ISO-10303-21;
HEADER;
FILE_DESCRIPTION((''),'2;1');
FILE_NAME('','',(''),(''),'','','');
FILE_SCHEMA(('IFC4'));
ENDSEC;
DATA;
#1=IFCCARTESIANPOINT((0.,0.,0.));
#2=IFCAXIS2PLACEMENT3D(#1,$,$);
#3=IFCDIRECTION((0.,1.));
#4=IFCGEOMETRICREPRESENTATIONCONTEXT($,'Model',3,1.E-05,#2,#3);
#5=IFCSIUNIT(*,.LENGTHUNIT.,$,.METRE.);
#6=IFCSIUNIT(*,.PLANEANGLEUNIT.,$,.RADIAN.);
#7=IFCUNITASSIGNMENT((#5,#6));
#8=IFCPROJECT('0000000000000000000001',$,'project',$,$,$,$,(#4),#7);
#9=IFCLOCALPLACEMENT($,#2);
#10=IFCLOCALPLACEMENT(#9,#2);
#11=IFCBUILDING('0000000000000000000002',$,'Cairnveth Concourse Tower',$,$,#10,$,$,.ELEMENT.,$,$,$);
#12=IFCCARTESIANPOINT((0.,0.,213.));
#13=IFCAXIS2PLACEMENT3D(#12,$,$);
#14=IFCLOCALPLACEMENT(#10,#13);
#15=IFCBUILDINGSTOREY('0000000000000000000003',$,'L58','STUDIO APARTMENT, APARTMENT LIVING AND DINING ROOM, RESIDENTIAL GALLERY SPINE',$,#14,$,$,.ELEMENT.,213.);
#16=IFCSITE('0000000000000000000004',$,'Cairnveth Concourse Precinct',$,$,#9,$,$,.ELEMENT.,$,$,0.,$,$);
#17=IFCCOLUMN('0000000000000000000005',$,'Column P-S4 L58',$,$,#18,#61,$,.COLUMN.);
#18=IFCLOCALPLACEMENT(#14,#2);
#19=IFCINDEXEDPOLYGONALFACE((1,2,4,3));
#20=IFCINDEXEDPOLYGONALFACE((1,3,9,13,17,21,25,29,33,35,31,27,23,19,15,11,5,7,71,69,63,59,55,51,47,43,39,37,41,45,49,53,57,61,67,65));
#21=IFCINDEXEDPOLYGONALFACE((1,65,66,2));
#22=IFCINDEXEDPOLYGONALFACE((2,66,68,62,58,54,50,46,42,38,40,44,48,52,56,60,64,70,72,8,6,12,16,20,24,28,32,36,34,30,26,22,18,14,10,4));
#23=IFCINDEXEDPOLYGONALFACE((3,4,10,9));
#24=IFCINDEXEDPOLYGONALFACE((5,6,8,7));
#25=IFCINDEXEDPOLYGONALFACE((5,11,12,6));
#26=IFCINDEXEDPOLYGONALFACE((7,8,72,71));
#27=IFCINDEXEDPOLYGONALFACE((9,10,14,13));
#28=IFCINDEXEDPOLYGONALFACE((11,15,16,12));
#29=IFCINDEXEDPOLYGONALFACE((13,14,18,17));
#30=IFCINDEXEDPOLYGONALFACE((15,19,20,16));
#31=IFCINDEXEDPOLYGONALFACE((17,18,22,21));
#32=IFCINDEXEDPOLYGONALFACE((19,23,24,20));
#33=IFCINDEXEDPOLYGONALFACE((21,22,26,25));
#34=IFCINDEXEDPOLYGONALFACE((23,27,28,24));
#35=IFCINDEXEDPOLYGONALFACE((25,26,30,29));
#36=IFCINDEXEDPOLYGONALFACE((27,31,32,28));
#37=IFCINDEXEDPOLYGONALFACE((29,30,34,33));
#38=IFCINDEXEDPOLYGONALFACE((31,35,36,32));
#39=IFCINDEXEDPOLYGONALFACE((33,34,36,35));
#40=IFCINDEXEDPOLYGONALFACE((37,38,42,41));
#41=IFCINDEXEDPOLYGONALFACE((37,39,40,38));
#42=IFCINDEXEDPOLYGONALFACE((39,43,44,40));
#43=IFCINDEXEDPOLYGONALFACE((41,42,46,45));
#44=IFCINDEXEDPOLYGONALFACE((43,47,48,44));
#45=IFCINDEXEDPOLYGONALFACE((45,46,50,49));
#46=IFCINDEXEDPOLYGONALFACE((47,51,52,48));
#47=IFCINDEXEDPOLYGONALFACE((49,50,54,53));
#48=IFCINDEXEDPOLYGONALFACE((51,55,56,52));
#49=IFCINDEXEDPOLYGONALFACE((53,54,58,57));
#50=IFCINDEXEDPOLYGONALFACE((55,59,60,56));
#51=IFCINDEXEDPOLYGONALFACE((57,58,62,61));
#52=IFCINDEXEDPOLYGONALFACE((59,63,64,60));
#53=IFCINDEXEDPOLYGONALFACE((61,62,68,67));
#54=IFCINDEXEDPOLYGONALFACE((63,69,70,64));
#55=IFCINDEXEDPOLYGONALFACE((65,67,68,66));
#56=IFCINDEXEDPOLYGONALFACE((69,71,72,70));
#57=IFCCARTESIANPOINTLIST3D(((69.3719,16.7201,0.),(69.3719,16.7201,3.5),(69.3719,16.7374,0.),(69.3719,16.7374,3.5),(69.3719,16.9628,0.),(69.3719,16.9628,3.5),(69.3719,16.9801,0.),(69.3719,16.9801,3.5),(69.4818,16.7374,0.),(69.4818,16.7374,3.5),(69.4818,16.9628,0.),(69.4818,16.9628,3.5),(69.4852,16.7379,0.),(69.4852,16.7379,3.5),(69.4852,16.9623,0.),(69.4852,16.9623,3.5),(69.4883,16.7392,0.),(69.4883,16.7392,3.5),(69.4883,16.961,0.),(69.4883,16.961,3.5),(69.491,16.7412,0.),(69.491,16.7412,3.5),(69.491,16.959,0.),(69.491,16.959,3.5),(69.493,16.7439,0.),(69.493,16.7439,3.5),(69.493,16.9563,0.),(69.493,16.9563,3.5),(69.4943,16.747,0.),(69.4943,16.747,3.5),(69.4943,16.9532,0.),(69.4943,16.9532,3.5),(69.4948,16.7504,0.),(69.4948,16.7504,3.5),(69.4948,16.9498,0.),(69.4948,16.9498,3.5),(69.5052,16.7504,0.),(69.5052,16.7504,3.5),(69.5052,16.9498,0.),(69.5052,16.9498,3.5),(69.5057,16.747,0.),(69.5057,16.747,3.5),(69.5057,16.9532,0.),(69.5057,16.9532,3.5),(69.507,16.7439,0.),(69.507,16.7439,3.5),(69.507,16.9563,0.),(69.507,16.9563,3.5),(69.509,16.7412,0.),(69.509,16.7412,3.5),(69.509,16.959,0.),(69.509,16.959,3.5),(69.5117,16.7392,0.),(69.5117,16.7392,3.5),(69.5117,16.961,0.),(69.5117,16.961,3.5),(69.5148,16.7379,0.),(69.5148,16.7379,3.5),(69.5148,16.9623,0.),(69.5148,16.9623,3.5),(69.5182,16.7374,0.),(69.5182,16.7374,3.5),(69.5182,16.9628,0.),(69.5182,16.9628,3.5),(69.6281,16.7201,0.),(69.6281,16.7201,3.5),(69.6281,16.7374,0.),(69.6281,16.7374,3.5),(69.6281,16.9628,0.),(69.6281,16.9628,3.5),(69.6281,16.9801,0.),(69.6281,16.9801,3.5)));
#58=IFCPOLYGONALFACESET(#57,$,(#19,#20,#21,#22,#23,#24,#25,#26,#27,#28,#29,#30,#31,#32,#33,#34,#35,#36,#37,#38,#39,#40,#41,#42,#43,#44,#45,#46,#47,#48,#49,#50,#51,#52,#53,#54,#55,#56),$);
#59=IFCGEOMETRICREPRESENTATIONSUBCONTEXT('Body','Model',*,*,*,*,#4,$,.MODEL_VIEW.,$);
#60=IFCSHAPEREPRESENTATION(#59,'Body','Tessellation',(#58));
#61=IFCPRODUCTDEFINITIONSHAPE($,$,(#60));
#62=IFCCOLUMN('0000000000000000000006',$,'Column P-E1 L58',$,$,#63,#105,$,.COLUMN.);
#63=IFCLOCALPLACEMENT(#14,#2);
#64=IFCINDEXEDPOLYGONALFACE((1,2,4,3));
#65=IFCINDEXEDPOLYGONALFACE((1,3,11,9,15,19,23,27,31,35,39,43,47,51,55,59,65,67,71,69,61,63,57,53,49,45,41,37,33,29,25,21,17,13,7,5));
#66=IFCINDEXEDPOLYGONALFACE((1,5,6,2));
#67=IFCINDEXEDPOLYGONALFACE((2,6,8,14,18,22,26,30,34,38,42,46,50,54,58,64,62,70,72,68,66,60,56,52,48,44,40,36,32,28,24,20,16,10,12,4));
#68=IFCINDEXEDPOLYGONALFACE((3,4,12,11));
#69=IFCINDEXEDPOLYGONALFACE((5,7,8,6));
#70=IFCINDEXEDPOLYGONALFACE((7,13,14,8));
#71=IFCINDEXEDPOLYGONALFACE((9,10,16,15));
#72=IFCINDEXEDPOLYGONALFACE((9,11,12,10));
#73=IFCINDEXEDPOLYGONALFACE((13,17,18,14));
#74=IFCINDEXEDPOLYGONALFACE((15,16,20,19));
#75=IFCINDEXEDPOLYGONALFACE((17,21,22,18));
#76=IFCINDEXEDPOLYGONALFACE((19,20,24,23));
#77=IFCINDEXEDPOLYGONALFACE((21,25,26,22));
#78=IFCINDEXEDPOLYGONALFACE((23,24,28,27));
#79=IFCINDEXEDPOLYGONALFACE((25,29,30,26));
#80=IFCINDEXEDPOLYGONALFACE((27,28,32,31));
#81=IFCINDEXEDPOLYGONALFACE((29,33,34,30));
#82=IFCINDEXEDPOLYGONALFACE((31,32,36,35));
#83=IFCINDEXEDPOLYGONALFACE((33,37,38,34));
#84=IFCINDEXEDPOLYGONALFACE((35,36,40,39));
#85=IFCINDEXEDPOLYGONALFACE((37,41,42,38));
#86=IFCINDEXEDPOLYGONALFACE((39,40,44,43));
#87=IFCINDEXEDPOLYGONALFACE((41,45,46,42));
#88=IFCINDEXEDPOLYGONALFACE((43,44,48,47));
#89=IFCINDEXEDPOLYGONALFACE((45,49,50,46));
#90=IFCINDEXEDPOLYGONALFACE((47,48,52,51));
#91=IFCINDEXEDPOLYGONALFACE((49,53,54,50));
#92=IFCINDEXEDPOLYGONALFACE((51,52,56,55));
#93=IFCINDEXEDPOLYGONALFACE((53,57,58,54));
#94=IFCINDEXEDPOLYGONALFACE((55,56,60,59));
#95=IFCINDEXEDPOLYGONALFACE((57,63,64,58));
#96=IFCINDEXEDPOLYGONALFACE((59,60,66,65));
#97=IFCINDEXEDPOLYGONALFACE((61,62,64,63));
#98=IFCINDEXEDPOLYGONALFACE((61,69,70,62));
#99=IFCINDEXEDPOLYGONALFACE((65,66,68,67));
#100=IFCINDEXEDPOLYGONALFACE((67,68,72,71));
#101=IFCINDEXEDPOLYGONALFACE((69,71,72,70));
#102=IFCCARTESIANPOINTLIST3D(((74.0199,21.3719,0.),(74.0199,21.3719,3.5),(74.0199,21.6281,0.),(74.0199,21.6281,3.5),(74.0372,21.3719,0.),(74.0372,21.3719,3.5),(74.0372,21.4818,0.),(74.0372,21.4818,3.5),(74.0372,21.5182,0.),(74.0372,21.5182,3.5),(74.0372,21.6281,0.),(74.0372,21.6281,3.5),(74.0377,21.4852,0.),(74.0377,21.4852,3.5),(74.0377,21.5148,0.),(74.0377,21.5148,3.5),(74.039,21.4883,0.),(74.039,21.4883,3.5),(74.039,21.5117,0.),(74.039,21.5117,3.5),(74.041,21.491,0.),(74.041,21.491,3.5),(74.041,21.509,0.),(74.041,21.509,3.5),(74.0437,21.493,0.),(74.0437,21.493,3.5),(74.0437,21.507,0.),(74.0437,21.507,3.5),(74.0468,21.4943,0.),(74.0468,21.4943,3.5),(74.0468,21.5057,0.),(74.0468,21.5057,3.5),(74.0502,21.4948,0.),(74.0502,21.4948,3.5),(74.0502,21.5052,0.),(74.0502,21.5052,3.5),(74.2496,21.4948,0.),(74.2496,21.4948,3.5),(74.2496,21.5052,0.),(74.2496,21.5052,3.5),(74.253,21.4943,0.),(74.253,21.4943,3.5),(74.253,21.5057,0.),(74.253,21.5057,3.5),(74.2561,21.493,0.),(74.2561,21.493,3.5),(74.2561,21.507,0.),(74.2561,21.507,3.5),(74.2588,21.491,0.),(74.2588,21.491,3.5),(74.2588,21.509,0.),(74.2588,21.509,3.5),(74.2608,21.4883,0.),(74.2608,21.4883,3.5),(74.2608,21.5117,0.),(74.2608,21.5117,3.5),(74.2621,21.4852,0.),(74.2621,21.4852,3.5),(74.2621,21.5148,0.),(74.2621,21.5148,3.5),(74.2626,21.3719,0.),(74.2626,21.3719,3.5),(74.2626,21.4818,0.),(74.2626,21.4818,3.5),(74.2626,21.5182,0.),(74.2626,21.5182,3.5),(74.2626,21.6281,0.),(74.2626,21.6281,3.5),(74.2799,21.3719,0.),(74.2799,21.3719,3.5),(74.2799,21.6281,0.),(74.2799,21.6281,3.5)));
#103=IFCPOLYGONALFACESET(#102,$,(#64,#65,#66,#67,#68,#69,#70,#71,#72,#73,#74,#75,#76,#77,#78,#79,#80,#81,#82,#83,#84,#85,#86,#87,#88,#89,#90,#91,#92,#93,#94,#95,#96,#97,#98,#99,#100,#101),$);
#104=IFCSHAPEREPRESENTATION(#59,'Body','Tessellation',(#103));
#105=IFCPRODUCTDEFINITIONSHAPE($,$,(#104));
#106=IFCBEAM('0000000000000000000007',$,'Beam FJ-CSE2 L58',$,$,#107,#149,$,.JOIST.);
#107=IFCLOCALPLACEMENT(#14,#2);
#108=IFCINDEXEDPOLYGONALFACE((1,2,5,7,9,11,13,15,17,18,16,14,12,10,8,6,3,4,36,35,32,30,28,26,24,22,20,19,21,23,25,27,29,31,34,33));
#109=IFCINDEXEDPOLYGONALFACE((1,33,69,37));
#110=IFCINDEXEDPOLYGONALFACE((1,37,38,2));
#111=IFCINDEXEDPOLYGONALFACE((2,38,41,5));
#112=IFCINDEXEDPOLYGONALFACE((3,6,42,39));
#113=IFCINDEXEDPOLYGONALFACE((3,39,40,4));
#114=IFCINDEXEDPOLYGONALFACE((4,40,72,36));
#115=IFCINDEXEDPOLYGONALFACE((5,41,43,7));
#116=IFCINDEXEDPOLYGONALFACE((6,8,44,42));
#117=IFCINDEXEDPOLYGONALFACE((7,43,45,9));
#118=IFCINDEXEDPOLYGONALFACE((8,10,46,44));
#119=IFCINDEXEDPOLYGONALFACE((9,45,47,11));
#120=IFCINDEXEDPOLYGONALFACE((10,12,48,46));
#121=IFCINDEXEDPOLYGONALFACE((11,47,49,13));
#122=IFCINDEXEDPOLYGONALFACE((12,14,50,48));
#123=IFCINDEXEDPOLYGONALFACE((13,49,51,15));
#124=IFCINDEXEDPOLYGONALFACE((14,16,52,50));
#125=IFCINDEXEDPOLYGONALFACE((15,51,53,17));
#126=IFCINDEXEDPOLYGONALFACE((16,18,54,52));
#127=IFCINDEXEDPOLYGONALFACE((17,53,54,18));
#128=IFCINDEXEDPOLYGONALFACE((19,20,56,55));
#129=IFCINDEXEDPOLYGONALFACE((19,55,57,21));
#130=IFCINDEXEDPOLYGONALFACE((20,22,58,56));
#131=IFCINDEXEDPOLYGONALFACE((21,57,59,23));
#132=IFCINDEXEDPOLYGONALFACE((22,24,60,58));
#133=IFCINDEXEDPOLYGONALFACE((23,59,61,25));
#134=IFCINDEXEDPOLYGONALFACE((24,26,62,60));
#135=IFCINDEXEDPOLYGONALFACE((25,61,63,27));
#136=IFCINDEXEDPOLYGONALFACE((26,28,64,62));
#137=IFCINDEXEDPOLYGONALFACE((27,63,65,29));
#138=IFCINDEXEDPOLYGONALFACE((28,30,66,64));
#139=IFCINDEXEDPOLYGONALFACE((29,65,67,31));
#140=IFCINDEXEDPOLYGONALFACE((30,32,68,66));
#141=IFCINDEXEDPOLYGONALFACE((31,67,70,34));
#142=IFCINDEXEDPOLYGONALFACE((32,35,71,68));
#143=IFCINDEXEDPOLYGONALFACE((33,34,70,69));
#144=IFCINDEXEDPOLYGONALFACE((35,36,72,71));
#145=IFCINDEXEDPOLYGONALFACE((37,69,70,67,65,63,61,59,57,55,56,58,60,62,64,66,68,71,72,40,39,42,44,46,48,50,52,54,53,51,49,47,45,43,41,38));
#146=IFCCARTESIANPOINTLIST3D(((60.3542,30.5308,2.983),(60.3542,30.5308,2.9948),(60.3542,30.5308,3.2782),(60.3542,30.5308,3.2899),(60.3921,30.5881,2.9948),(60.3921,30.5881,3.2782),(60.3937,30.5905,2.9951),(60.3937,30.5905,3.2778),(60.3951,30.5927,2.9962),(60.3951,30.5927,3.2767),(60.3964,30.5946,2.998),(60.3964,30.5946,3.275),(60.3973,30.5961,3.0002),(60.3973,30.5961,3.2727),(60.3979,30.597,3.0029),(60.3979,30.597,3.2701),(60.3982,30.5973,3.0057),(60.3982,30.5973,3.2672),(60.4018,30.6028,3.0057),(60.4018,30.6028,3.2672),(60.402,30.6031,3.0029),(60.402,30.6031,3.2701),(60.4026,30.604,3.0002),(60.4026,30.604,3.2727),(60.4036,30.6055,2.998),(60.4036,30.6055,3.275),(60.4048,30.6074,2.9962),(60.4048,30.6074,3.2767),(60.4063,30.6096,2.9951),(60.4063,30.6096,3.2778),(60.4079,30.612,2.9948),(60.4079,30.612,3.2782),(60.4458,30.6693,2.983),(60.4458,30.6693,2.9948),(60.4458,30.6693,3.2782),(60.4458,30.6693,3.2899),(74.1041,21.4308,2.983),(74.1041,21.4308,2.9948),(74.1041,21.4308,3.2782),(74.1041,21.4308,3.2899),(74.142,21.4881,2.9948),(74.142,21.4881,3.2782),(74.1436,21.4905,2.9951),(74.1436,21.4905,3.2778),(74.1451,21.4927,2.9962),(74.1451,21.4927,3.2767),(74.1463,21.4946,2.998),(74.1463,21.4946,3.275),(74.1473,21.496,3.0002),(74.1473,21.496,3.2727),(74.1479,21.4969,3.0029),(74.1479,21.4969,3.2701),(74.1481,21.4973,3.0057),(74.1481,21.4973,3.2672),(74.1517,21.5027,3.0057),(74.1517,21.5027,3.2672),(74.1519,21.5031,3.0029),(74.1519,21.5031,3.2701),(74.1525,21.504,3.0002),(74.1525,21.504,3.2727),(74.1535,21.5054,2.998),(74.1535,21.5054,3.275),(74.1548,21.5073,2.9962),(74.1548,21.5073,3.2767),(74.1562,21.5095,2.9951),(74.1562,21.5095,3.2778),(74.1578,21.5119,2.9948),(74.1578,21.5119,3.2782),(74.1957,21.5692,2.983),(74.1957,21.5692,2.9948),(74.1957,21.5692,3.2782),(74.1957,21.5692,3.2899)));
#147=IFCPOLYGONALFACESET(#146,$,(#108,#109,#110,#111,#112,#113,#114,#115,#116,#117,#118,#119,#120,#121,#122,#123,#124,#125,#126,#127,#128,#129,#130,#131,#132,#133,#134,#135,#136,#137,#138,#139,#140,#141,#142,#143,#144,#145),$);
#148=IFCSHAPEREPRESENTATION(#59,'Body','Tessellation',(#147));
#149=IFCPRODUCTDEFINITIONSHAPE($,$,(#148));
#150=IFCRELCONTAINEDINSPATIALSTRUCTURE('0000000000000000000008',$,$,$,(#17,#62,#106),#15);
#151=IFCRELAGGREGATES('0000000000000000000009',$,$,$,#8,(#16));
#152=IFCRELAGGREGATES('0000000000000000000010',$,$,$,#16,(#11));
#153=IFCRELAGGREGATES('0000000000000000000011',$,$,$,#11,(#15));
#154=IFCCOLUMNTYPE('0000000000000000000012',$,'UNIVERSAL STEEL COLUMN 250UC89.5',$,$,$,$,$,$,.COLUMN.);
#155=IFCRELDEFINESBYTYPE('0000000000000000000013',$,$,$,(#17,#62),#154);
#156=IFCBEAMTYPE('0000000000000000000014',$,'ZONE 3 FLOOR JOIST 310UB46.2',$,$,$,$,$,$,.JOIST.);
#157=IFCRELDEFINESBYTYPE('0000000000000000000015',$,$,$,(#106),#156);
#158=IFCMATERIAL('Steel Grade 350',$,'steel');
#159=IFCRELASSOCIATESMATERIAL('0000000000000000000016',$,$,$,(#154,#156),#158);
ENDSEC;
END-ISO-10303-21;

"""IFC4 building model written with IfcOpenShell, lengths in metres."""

from ifc_helpers import new_model, si_unit, direction, frame, origin, origin_2d, place, context, subcontext, project, spatial, i_section, extrude, material, material_profile, profile_set, type_object, element, save


model = new_model("IFC4")

# Units and contexts
model_context = context("Model", 3, precision=1e-05, world=origin(), true_north=direction((0.0, 1.0)))
body_context = subcontext(model_context, "Body", "Model", "MODEL_VIEW")
ifc_project = project(units=[si_unit("LENGTHUNIT", "METRE"), si_unit("PLANEANGLEUNIT", "RADIAN")], contexts=[model_context])

# Site, building, storey
site_placement = place(None, origin())
site = spatial("IfcSite", under=ifc_project, at=site_placement, Name="Cairnveth Concourse Precinct", CompositionType="ELEMENT", RefElevation=0.0)
building_placement = place(site_placement, origin())
building = spatial("IfcBuilding", under=site, at=building_placement, Name="Cairnveth Concourse Tower", CompositionType="ELEMENT")
storey_placement = place(building_placement, frame((0.0, 0.0, 213.0)))
storey = spatial("IfcBuildingStorey", under=building, at=storey_placement, Name="L58", Description="STUDIO APARTMENT, APARTMENT LIVING AND DINING ROOM, RESIDENTIAL GALLERY SPINE", CompositionType="ELEMENT", Elevation=213.0)

# Columns
ifc_material_1 = material(Name="Steel Grade 350", Category="steel")
ifc_material_profile_1 = material_profile(ifc_material_1, i_section(OverallWidth=0.2561, OverallDepth=0.26, WebThickness=0.0105, FlangeThickness=0.0173, FilletRadius=0.0129, at=origin_2d()), Name="250UC89.5")
ifc_profile_set_1 = profile_set([ifc_material_profile_1], Name="Steel Grade 350")
column_type = type_object("IfcColumnType", Name="UNIVERSAL STEEL COLUMN 250UC89.5", PredefinedType="COLUMN", material=ifc_profile_set_1)
for number, where, z_axis, x_axis, name in (
    (1, (69.5, 16.8501, 0.0), (0.0, 0.0, 1.0), (1.0, 0.0, 0.0), "Column P-S4 L58"),
    (2, (74.1499, 21.5, 0.0), (0.0, 0.0, 1.0), (0.0, 1.0, 0.0), "Column P-E1 L58"),
):
    element("IfcColumn", number, at=place(storey_placement, frame(where, z_axis=z_axis, x_axis=x_axis)), inside=storey, type_object=column_type, Name=name, PredefinedType="COLUMN", context=body_context, shape_type="SweptSolid", body=[
        extrude(i_section(OverallWidth=0.2561, OverallDepth=0.26, WebThickness=0.0105, FlangeThickness=0.0173, FilletRadius=0.0129, at=origin_2d()), origin(), (0.0, 0.0, 1.0), 3.5),
    ])

# Beam
ifc_material_profile_2 = material_profile(ifc_material_1, i_section(OverallWidth=0.166, OverallDepth=0.3069, WebThickness=0.0066, FlangeThickness=0.0117, FilletRadius=0.011, at=origin_2d()), Name="310UB46.2")
ifc_profile_set_2 = profile_set([ifc_material_profile_2], Name="Steel Grade 350")
beam_type_1 = type_object("IfcBeamType", Name="ZONE 3 FLOOR JOIST 310UB46.2", PredefinedType="JOIST", material=ifc_profile_set_2)
beam_1_placement = place(storey_placement, frame((74.1499, 21.5, 3.1365), z_axis=(-0.833909, 0.551902, 0.0), x_axis=(-0.551902, -0.833909, 0.0)))
element("IfcBeam", 3, at=beam_1_placement, inside=storey, type_object=beam_type_1, Name="Beam FJ-CSE2 L58", PredefinedType="JOIST", context=body_context, shape_type="SweptSolid", body=[
    extrude(i_section(OverallWidth=0.166, OverallDepth=0.3069, WebThickness=0.0066, FlangeThickness=0.0117, FilletRadius=0.011, at=origin_2d()), origin(), (0.0, 0.0, 1.0), 16.4885),
])

save(model, "model.ifc")
